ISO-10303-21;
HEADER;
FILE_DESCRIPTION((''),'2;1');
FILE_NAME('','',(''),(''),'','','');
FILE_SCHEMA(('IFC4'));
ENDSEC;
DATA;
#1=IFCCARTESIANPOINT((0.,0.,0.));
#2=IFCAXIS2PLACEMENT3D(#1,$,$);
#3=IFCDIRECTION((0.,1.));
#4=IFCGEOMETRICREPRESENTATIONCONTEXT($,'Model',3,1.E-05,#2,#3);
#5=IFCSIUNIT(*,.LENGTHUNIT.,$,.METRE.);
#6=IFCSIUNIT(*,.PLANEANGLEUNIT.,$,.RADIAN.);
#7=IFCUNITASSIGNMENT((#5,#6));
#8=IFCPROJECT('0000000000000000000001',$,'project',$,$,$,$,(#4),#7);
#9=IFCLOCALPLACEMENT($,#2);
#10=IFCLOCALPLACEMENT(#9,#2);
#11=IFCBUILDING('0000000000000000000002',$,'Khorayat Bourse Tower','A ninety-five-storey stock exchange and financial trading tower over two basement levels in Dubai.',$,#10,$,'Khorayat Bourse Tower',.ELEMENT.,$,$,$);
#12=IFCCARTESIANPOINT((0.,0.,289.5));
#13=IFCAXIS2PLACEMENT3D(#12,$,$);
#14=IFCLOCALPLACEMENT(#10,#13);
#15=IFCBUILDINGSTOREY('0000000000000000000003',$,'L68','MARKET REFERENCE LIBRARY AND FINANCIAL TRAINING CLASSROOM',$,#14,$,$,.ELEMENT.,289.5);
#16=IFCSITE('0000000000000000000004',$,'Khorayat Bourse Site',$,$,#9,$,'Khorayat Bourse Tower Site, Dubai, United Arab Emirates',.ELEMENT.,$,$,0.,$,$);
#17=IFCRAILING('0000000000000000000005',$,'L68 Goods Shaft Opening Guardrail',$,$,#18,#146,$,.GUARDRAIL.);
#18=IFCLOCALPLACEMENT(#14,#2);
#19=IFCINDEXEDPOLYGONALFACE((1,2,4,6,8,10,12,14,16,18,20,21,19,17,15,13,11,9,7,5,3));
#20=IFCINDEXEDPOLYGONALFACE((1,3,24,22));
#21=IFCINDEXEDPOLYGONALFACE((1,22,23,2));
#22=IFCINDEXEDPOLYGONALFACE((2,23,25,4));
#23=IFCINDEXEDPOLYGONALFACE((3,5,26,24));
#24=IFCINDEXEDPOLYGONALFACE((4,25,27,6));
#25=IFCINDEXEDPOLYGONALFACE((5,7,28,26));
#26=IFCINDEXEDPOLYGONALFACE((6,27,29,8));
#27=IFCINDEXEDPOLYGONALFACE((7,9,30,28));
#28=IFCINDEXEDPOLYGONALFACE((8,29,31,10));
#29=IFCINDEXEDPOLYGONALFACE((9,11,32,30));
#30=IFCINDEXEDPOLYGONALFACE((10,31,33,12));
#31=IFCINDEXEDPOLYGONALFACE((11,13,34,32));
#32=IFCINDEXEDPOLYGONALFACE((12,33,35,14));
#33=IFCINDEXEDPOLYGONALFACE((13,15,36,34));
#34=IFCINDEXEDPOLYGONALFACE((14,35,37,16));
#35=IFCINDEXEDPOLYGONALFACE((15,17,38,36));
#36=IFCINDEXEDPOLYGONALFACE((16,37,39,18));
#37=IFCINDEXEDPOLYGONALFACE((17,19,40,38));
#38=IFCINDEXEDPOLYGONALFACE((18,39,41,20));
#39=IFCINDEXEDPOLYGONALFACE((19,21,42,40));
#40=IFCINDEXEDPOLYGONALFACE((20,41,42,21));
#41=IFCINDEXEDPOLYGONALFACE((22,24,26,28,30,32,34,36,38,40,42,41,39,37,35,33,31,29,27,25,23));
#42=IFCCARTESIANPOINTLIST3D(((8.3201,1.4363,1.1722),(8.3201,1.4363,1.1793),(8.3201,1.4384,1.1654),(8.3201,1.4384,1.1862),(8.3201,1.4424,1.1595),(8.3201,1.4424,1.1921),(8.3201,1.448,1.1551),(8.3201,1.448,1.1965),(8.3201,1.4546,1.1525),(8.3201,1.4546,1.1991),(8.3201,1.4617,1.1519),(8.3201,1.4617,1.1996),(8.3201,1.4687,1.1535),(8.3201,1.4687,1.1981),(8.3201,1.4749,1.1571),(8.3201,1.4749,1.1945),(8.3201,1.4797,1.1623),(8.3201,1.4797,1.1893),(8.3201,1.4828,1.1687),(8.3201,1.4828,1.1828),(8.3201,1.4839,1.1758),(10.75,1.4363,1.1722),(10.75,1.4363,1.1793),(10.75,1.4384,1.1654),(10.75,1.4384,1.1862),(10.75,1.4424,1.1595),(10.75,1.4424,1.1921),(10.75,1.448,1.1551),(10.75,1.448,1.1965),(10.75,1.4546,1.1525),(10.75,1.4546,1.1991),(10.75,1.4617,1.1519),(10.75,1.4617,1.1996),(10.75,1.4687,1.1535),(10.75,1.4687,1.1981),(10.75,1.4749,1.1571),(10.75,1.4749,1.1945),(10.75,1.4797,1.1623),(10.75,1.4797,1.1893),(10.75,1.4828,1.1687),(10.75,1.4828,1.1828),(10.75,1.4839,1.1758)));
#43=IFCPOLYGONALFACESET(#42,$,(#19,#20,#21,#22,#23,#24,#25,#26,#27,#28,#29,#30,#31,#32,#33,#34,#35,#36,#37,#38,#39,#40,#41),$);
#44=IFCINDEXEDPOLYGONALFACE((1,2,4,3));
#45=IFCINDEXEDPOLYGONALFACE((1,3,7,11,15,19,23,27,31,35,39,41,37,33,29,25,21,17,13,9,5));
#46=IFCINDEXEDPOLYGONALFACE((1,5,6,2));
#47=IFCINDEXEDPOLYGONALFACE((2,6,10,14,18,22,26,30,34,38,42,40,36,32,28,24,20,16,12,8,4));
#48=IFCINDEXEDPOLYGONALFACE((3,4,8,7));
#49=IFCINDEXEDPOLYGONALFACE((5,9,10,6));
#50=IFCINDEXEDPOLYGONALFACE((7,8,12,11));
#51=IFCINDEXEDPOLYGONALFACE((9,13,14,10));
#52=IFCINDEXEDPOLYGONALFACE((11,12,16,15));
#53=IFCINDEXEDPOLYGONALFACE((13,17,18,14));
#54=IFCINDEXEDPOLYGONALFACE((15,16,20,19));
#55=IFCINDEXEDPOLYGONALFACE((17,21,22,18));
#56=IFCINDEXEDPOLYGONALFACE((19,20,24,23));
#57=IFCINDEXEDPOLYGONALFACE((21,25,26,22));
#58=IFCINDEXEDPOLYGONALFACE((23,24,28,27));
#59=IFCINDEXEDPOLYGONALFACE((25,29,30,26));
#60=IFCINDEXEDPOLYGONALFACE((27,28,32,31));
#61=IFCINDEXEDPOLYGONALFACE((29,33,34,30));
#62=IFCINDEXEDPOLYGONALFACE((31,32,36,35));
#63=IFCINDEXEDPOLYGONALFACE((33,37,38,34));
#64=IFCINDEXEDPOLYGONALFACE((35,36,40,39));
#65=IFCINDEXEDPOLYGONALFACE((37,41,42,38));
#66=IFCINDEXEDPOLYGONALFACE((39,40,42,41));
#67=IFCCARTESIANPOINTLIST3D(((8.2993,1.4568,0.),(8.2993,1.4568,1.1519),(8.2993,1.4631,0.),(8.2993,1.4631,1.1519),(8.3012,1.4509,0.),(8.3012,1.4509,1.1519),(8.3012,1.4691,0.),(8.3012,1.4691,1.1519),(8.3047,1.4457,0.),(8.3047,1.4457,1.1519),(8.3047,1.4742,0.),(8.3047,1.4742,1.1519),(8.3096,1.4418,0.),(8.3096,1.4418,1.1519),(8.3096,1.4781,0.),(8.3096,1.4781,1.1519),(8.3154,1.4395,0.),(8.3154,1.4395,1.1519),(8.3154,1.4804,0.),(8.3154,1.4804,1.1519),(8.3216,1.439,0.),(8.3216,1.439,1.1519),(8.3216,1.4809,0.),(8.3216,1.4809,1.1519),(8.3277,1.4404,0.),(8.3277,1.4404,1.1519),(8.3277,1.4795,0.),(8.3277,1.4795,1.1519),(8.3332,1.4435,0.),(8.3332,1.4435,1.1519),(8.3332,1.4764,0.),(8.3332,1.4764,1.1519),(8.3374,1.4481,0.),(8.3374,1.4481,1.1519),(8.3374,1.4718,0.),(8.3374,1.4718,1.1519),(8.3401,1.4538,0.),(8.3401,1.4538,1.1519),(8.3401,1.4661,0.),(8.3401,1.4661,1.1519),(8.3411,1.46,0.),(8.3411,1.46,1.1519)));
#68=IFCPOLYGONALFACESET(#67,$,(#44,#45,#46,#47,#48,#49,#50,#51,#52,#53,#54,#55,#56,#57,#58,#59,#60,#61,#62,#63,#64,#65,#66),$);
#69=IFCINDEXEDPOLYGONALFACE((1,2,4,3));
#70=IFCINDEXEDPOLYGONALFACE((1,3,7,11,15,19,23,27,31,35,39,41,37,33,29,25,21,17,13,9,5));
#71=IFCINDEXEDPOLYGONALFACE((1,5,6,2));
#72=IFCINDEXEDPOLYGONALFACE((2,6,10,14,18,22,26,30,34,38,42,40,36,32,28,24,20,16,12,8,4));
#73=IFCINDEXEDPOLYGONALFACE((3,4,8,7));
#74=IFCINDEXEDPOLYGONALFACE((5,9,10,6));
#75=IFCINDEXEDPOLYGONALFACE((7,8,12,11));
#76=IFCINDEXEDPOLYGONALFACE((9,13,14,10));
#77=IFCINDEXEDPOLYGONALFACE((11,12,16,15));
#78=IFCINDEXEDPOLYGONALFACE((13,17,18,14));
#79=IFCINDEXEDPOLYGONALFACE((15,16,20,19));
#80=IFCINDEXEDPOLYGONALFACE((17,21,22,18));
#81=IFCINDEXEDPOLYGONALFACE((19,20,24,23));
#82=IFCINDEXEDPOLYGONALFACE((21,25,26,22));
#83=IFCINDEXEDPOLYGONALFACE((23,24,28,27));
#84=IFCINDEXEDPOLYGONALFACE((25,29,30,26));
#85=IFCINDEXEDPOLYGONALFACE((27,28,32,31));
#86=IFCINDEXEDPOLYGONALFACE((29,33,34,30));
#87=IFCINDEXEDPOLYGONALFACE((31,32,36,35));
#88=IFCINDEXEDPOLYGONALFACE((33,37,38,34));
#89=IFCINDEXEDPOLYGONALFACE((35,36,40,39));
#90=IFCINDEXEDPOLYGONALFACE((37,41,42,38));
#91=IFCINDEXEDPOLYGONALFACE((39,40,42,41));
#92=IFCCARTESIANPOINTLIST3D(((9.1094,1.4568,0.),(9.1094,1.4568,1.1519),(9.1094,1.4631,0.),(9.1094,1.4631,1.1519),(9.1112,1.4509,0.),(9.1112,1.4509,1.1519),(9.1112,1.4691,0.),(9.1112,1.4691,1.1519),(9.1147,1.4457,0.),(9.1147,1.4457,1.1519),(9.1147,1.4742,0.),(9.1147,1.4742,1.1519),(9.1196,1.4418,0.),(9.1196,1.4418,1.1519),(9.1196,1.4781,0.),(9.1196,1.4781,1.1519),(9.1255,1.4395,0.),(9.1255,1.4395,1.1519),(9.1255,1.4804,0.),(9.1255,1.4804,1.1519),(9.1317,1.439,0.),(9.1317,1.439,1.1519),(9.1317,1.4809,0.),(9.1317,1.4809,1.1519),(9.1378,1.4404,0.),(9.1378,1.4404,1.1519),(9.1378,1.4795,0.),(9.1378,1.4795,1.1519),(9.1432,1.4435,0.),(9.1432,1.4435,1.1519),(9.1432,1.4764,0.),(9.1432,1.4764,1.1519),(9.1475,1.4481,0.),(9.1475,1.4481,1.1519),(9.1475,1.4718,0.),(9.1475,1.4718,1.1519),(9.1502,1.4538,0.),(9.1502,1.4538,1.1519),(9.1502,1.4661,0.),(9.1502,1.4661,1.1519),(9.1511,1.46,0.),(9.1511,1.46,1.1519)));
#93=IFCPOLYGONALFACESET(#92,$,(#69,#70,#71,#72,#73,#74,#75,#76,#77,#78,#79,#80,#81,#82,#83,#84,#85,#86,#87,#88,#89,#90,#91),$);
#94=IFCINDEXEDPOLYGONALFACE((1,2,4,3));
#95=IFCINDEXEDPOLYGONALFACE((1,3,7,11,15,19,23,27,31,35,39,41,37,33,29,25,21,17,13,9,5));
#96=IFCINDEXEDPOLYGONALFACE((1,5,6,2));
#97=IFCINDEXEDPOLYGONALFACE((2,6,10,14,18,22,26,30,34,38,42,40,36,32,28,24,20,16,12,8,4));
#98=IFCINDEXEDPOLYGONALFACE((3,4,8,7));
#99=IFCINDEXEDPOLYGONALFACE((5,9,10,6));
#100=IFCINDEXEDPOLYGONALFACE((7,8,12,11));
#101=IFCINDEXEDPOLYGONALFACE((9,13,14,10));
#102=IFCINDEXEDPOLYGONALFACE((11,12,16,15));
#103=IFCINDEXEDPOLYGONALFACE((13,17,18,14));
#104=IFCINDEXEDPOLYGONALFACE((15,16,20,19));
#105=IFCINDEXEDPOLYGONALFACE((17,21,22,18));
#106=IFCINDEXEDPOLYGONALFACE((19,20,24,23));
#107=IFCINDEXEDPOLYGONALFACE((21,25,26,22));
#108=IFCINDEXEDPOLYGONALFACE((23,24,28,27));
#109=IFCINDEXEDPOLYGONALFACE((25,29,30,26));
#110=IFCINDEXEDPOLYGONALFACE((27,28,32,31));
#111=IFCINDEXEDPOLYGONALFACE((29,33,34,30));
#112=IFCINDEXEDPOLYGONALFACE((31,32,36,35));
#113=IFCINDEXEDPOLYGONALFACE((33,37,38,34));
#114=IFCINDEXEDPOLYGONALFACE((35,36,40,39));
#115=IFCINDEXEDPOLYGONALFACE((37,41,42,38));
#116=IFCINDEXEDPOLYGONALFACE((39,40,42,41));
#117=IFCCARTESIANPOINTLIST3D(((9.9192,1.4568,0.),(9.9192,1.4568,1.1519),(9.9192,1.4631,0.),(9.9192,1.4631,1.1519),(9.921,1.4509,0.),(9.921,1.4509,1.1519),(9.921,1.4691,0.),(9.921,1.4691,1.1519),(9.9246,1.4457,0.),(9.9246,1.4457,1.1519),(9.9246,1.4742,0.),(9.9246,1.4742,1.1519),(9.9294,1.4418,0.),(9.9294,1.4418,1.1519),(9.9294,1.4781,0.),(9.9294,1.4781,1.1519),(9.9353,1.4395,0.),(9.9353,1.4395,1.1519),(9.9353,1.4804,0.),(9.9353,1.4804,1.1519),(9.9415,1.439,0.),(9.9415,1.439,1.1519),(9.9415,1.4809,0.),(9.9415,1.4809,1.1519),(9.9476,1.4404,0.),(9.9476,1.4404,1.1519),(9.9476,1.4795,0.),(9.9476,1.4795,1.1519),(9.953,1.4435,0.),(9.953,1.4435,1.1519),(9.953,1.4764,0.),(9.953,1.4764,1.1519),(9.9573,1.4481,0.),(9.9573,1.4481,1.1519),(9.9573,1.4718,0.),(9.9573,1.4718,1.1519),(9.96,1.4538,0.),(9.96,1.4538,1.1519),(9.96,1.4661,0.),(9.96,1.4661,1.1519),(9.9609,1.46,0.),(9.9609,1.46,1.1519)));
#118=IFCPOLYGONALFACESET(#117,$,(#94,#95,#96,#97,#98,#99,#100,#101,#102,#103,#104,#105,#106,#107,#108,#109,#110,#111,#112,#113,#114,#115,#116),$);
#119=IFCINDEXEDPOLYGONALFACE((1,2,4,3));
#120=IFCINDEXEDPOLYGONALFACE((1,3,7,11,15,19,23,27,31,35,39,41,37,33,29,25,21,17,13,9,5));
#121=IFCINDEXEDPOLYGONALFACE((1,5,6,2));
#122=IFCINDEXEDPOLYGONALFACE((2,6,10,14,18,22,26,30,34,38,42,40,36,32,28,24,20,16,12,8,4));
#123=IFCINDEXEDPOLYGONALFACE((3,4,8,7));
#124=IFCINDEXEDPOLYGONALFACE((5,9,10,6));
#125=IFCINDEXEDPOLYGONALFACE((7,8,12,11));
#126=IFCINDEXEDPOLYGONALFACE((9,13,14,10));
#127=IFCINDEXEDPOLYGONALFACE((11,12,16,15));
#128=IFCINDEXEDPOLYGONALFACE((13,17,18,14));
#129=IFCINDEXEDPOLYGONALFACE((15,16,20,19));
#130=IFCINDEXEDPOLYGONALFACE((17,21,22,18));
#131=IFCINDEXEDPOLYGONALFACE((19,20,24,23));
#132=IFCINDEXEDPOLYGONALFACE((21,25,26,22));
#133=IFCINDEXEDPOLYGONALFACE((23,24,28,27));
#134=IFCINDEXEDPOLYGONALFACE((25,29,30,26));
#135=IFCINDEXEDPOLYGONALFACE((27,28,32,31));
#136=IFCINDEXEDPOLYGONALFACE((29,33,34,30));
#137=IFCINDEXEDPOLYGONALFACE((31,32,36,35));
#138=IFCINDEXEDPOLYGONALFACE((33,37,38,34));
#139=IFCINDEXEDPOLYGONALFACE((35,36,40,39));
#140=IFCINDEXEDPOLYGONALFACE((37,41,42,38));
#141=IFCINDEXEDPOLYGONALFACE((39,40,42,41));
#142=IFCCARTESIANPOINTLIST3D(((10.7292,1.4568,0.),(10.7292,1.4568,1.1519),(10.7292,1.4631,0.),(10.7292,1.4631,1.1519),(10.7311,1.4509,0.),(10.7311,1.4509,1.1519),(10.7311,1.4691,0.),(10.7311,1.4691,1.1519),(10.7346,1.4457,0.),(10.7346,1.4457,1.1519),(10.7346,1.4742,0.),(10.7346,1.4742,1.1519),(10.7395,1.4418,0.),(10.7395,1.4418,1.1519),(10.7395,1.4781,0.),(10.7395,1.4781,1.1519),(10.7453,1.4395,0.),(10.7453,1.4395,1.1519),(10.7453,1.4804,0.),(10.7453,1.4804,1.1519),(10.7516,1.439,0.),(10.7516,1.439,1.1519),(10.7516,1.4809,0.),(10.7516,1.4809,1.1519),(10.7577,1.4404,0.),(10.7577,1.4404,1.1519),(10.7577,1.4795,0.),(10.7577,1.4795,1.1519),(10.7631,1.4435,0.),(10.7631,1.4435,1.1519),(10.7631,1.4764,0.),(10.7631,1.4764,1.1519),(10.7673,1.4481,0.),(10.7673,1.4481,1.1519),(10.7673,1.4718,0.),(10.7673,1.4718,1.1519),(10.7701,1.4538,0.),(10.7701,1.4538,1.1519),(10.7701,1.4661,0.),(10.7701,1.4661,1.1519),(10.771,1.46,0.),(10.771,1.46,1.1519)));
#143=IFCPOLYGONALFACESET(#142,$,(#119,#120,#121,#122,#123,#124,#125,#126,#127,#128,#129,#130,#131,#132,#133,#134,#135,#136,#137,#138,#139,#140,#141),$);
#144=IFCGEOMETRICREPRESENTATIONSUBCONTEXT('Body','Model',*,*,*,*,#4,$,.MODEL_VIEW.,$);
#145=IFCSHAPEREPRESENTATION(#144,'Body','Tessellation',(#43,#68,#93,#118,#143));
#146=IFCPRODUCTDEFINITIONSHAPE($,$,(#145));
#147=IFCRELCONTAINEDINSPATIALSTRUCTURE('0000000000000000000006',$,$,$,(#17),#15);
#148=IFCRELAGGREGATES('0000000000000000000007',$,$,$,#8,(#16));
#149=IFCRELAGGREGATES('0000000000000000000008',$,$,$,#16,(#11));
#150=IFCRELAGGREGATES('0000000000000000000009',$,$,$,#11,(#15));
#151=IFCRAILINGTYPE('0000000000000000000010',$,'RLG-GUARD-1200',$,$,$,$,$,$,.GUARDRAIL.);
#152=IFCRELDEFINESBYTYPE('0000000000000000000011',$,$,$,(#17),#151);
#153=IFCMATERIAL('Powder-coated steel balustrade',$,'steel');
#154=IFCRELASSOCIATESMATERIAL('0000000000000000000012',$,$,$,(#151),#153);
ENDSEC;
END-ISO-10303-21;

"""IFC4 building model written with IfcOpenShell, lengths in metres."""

from ifc_helpers import new_model, si_unit, direction, frame, origin, origin_2d, place, context, subcontext, project, spatial, circle, extrude, source, transform, mapped, material, type_object, element, save


model = new_model("IFC4")

# Units and contexts
model_context = context("Model", 3, precision=1e-05, world=origin(), true_north=direction((0.0, 1.0)))
body_context = subcontext(model_context, "Body", "Model", "MODEL_VIEW")
ifc_project = project(units=[si_unit("LENGTHUNIT", "METRE"), si_unit("PLANEANGLEUNIT", "RADIAN")], contexts=[model_context])

# Site, building, storey
site_placement = place(None, origin())
site = spatial("IfcSite", under=ifc_project, at=site_placement, Name="Khorayat Bourse Site", LongName="Khorayat Bourse Tower Site, Dubai, United Arab Emirates", CompositionType="ELEMENT", RefElevation=0.0)
building_placement = place(site_placement, origin())
building = spatial("IfcBuilding", under=site, at=building_placement, Name="Khorayat Bourse Tower", Description="A ninety-five-storey stock exchange and financial trading tower over two basement levels in Dubai.", LongName="Khorayat Bourse Tower", CompositionType="ELEMENT")
storey_placement = place(building_placement, frame((0.0, 0.0, 289.5)))
storey = spatial("IfcBuildingStorey", under=building, at=storey_placement, Name="L68", Description="MARKET REFERENCE LIBRARY AND FINANCIAL TRAINING CLASSROOM", CompositionType="ELEMENT", Elevation=289.5)

# Railing
ifc_material_1 = material(Name="Powder-coated steel balustrade", Category="steel")
railing_type = type_object("IfcRailingType", Name="RLG-GUARD-1200", PredefinedType="GUARDRAIL", material=ifc_material_1)
shared_shape_1 = source(origin(), body_context, "Body", "SweptSolid", [
    extrude(circle(Radius=0.0239, at=origin_2d()), frame((0.0, 0.0, 1.1758), z_axis=(1.0, 0.0, 0.0), x_axis=(0.0, 1.0, 0.0)), (0.0, 0.0, 1.0), 2.4299),
    extrude(circle(Radius=0.021, at=origin_2d()), origin(), (0.0, 0.0, 1.0), 1.1519),
    extrude(circle(Radius=0.021, at=origin_2d()), frame((0.8101, 0.0, 0.0)), (0.0, 0.0, 1.0), 1.1519),
    extrude(circle(Radius=0.021, at=origin_2d()), frame((1.6199, 0.0, 0.0)), (0.0, 0.0, 1.0), 1.1519),
    extrude(circle(Radius=0.021, at=origin_2d()), frame((2.4299, 0.0, 0.0)), (0.0, 0.0, 1.0), 1.1519),
])
railing_placement = place(storey_placement, frame((8.3201, 1.46, 0.0)))
element("IfcRailing", 1, at=railing_placement, inside=storey, type_object=railing_type, Name="L68 Goods Shaft Opening Guardrail", PredefinedType="GUARDRAIL", context=body_context, shape_type="MappedRepresentation", body=[
    mapped(shared_shape_1, transform((0.0, 0.0, 0.0), scale=1.0)),
])

save(model, "model.ifc")
